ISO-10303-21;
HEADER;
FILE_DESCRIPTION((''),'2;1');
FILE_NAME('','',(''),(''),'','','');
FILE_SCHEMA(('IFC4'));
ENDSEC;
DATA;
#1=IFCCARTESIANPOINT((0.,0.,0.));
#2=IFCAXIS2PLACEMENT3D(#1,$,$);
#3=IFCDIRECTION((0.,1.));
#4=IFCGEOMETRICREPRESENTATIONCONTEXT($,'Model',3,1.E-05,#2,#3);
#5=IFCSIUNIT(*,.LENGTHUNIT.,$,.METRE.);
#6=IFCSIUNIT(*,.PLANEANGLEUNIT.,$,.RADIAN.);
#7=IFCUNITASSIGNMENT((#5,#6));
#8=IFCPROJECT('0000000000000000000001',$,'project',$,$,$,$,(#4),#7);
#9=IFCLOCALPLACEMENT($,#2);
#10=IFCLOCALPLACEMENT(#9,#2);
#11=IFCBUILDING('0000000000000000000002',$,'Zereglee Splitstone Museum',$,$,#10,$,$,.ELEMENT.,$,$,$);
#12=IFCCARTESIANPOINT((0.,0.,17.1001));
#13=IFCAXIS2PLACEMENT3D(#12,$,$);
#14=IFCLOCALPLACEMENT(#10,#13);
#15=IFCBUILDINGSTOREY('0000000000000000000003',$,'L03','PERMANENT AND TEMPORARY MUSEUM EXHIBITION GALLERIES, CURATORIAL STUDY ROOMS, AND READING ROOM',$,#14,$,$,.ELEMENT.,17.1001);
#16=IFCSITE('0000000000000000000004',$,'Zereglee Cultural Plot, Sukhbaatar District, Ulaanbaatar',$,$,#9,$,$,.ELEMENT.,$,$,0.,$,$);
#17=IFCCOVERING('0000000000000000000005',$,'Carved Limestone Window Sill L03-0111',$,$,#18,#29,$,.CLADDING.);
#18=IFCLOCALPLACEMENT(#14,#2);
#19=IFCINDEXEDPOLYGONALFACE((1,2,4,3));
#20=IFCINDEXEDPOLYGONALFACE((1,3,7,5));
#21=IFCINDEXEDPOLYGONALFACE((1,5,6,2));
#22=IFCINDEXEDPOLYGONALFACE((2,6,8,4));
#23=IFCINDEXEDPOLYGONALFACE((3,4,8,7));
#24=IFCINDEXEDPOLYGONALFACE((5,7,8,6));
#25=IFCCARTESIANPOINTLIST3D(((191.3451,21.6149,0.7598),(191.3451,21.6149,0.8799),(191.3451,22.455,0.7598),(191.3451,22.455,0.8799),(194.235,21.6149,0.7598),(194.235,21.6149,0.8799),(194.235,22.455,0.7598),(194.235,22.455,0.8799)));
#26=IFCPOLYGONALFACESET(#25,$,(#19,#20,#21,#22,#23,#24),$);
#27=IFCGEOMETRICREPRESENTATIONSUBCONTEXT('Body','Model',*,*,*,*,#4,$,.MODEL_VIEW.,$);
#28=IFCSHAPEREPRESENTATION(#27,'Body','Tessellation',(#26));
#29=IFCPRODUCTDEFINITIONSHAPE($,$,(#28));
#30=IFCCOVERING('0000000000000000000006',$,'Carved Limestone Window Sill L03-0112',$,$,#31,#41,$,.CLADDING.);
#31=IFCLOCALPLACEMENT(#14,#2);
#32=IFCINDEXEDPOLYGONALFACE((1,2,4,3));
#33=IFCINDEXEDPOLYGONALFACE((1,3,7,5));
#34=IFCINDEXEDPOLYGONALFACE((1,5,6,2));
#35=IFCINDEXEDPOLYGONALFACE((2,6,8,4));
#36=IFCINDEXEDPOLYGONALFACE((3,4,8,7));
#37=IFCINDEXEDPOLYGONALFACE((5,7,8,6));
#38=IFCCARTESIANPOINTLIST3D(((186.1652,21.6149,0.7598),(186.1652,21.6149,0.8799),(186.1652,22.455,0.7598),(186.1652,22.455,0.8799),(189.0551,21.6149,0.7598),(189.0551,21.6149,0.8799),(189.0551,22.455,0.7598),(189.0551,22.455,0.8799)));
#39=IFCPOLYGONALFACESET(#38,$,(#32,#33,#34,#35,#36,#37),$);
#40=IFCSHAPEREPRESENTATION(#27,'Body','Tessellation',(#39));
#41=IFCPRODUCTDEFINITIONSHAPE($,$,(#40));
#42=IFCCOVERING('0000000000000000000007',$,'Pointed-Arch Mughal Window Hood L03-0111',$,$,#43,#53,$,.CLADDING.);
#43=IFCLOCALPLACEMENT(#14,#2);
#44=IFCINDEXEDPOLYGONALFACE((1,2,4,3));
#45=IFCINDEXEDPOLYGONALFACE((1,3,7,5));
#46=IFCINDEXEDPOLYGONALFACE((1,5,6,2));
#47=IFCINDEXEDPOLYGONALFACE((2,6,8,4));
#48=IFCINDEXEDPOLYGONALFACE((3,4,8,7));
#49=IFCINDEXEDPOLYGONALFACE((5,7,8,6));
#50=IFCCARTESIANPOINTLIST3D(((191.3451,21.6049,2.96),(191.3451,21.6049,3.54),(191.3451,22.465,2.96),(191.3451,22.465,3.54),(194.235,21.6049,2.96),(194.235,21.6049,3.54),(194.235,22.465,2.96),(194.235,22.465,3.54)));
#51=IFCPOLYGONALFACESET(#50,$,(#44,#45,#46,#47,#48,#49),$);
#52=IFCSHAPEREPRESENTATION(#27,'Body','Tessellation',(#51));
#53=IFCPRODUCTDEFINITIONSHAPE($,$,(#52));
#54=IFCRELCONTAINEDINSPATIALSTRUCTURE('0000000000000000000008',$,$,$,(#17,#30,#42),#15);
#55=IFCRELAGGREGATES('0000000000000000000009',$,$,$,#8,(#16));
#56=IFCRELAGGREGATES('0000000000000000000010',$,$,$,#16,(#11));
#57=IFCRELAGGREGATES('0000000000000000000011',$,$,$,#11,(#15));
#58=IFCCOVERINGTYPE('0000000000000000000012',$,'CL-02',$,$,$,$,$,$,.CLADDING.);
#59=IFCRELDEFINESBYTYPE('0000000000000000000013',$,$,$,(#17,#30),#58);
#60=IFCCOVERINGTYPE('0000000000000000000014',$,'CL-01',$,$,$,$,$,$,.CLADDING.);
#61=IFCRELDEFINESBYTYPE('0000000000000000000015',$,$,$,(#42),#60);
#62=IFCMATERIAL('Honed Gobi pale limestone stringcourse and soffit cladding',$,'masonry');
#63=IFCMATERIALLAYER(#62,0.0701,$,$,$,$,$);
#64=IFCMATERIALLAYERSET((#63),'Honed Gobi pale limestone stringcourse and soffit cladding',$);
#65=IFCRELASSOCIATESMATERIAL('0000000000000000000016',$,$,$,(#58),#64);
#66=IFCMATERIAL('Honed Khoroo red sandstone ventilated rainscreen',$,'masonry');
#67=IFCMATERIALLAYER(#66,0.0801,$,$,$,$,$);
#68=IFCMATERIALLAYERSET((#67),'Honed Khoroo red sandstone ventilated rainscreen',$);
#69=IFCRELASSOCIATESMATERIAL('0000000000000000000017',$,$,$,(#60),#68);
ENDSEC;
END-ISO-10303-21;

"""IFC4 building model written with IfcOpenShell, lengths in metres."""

from ifc_helpers import new_model, si_unit, direction, frame, origin, origin_2d, place, context, subcontext, project, spatial, rectangle, extrude, material, layer, layer_set, type_object, element, save


model = new_model("IFC4")

# Units and contexts
model_context = context("Model", 3, precision=1e-05, world=origin(), true_north=direction((0.0, 1.0)))
body_context = subcontext(model_context, "Body", "Model", "MODEL_VIEW")
ifc_project = project(units=[si_unit("LENGTHUNIT", "METRE"), si_unit("PLANEANGLEUNIT", "RADIAN")], contexts=[model_context])

# Site, building, storey
site_placement = place(None, origin())
site = spatial("IfcSite", under=ifc_project, at=site_placement, Name="Zereglee Cultural Plot, Sukhbaatar District, Ulaanbaatar", CompositionType="ELEMENT", RefElevation=0.0)
building_placement = place(site_placement, origin())
building = spatial("IfcBuilding", under=site, at=building_placement, Name="Zereglee Splitstone Museum", CompositionType="ELEMENT")
storey_placement = place(building_placement, frame((0.0, 0.0, 17.1001)))
storey = spatial("IfcBuildingStorey", under=building, at=storey_placement, Name="L03", Description="PERMANENT AND TEMPORARY MUSEUM EXHIBITION GALLERIES, CURATORIAL STUDY ROOMS, AND READING ROOM", CompositionType="ELEMENT", Elevation=17.1001)

# Coverings
ifc_material_1 = material(Name="Honed Gobi pale limestone stringcourse and soffit cladding", Category="masonry")
ifc_layer_1 = layer(ifc_material_1, 0.0701)
ifc_layer_set_1 = layer_set([ifc_layer_1], Name="Honed Gobi pale limestone stringcourse and soffit cladding")
covering_type_1 = type_object("IfcCoveringType", Name="CL-02", PredefinedType="CLADDING", material=ifc_layer_set_1)
for number, where, z_axis, x_axis, name in (
    (1, (192.79, 22.0349, 0.7598), (0.0, 0.0, 1.0), (-1.0, 0.0, 0.0), "Carved Limestone Window Sill L03-0111"),
    (2, (187.6101, 22.0349, 0.7598), (0.0, 0.0, 1.0), (-1.0, 0.0, 0.0), "Carved Limestone Window Sill L03-0112"),
):
    element("IfcCovering", number, at=place(storey_placement, frame(where, z_axis=z_axis, x_axis=x_axis)), inside=storey, type_object=covering_type_1, Name=name, PredefinedType="CLADDING", context=body_context, shape_type="SweptSolid", body=[
        extrude(rectangle(XDim=2.8899, YDim=0.8401, at=origin_2d()), origin(), (0.0, 0.0, 1.0), 0.1201),
    ])
ifc_material_2 = material(Name="Honed Khoroo red sandstone ventilated rainscreen", Category="masonry")
ifc_layer_2 = layer(ifc_material_2, 0.0801)
ifc_layer_set_2 = layer_set([ifc_layer_2], Name="Honed Khoroo red sandstone ventilated rainscreen")
covering_type_2 = type_object("IfcCoveringType", Name="CL-01", PredefinedType="CLADDING", material=ifc_layer_set_2)
covering_placement = place(storey_placement, frame((192.79, 22.0349, 2.96), z_axis=(0.0, 0.0, 1.0), x_axis=(-1.0, 0.0, 0.0)))
element("IfcCovering", 3, at=covering_placement, inside=storey, type_object=covering_type_2, Name="Pointed-Arch Mughal Window Hood L03-0111", PredefinedType="CLADDING", context=body_context, shape_type="SweptSolid", body=[
    extrude(rectangle(XDim=2.8899, YDim=0.8601, at=origin_2d()), origin(), (0.0, 0.0, 1.0), 0.5801),
])

save(model, "model.ifc")
